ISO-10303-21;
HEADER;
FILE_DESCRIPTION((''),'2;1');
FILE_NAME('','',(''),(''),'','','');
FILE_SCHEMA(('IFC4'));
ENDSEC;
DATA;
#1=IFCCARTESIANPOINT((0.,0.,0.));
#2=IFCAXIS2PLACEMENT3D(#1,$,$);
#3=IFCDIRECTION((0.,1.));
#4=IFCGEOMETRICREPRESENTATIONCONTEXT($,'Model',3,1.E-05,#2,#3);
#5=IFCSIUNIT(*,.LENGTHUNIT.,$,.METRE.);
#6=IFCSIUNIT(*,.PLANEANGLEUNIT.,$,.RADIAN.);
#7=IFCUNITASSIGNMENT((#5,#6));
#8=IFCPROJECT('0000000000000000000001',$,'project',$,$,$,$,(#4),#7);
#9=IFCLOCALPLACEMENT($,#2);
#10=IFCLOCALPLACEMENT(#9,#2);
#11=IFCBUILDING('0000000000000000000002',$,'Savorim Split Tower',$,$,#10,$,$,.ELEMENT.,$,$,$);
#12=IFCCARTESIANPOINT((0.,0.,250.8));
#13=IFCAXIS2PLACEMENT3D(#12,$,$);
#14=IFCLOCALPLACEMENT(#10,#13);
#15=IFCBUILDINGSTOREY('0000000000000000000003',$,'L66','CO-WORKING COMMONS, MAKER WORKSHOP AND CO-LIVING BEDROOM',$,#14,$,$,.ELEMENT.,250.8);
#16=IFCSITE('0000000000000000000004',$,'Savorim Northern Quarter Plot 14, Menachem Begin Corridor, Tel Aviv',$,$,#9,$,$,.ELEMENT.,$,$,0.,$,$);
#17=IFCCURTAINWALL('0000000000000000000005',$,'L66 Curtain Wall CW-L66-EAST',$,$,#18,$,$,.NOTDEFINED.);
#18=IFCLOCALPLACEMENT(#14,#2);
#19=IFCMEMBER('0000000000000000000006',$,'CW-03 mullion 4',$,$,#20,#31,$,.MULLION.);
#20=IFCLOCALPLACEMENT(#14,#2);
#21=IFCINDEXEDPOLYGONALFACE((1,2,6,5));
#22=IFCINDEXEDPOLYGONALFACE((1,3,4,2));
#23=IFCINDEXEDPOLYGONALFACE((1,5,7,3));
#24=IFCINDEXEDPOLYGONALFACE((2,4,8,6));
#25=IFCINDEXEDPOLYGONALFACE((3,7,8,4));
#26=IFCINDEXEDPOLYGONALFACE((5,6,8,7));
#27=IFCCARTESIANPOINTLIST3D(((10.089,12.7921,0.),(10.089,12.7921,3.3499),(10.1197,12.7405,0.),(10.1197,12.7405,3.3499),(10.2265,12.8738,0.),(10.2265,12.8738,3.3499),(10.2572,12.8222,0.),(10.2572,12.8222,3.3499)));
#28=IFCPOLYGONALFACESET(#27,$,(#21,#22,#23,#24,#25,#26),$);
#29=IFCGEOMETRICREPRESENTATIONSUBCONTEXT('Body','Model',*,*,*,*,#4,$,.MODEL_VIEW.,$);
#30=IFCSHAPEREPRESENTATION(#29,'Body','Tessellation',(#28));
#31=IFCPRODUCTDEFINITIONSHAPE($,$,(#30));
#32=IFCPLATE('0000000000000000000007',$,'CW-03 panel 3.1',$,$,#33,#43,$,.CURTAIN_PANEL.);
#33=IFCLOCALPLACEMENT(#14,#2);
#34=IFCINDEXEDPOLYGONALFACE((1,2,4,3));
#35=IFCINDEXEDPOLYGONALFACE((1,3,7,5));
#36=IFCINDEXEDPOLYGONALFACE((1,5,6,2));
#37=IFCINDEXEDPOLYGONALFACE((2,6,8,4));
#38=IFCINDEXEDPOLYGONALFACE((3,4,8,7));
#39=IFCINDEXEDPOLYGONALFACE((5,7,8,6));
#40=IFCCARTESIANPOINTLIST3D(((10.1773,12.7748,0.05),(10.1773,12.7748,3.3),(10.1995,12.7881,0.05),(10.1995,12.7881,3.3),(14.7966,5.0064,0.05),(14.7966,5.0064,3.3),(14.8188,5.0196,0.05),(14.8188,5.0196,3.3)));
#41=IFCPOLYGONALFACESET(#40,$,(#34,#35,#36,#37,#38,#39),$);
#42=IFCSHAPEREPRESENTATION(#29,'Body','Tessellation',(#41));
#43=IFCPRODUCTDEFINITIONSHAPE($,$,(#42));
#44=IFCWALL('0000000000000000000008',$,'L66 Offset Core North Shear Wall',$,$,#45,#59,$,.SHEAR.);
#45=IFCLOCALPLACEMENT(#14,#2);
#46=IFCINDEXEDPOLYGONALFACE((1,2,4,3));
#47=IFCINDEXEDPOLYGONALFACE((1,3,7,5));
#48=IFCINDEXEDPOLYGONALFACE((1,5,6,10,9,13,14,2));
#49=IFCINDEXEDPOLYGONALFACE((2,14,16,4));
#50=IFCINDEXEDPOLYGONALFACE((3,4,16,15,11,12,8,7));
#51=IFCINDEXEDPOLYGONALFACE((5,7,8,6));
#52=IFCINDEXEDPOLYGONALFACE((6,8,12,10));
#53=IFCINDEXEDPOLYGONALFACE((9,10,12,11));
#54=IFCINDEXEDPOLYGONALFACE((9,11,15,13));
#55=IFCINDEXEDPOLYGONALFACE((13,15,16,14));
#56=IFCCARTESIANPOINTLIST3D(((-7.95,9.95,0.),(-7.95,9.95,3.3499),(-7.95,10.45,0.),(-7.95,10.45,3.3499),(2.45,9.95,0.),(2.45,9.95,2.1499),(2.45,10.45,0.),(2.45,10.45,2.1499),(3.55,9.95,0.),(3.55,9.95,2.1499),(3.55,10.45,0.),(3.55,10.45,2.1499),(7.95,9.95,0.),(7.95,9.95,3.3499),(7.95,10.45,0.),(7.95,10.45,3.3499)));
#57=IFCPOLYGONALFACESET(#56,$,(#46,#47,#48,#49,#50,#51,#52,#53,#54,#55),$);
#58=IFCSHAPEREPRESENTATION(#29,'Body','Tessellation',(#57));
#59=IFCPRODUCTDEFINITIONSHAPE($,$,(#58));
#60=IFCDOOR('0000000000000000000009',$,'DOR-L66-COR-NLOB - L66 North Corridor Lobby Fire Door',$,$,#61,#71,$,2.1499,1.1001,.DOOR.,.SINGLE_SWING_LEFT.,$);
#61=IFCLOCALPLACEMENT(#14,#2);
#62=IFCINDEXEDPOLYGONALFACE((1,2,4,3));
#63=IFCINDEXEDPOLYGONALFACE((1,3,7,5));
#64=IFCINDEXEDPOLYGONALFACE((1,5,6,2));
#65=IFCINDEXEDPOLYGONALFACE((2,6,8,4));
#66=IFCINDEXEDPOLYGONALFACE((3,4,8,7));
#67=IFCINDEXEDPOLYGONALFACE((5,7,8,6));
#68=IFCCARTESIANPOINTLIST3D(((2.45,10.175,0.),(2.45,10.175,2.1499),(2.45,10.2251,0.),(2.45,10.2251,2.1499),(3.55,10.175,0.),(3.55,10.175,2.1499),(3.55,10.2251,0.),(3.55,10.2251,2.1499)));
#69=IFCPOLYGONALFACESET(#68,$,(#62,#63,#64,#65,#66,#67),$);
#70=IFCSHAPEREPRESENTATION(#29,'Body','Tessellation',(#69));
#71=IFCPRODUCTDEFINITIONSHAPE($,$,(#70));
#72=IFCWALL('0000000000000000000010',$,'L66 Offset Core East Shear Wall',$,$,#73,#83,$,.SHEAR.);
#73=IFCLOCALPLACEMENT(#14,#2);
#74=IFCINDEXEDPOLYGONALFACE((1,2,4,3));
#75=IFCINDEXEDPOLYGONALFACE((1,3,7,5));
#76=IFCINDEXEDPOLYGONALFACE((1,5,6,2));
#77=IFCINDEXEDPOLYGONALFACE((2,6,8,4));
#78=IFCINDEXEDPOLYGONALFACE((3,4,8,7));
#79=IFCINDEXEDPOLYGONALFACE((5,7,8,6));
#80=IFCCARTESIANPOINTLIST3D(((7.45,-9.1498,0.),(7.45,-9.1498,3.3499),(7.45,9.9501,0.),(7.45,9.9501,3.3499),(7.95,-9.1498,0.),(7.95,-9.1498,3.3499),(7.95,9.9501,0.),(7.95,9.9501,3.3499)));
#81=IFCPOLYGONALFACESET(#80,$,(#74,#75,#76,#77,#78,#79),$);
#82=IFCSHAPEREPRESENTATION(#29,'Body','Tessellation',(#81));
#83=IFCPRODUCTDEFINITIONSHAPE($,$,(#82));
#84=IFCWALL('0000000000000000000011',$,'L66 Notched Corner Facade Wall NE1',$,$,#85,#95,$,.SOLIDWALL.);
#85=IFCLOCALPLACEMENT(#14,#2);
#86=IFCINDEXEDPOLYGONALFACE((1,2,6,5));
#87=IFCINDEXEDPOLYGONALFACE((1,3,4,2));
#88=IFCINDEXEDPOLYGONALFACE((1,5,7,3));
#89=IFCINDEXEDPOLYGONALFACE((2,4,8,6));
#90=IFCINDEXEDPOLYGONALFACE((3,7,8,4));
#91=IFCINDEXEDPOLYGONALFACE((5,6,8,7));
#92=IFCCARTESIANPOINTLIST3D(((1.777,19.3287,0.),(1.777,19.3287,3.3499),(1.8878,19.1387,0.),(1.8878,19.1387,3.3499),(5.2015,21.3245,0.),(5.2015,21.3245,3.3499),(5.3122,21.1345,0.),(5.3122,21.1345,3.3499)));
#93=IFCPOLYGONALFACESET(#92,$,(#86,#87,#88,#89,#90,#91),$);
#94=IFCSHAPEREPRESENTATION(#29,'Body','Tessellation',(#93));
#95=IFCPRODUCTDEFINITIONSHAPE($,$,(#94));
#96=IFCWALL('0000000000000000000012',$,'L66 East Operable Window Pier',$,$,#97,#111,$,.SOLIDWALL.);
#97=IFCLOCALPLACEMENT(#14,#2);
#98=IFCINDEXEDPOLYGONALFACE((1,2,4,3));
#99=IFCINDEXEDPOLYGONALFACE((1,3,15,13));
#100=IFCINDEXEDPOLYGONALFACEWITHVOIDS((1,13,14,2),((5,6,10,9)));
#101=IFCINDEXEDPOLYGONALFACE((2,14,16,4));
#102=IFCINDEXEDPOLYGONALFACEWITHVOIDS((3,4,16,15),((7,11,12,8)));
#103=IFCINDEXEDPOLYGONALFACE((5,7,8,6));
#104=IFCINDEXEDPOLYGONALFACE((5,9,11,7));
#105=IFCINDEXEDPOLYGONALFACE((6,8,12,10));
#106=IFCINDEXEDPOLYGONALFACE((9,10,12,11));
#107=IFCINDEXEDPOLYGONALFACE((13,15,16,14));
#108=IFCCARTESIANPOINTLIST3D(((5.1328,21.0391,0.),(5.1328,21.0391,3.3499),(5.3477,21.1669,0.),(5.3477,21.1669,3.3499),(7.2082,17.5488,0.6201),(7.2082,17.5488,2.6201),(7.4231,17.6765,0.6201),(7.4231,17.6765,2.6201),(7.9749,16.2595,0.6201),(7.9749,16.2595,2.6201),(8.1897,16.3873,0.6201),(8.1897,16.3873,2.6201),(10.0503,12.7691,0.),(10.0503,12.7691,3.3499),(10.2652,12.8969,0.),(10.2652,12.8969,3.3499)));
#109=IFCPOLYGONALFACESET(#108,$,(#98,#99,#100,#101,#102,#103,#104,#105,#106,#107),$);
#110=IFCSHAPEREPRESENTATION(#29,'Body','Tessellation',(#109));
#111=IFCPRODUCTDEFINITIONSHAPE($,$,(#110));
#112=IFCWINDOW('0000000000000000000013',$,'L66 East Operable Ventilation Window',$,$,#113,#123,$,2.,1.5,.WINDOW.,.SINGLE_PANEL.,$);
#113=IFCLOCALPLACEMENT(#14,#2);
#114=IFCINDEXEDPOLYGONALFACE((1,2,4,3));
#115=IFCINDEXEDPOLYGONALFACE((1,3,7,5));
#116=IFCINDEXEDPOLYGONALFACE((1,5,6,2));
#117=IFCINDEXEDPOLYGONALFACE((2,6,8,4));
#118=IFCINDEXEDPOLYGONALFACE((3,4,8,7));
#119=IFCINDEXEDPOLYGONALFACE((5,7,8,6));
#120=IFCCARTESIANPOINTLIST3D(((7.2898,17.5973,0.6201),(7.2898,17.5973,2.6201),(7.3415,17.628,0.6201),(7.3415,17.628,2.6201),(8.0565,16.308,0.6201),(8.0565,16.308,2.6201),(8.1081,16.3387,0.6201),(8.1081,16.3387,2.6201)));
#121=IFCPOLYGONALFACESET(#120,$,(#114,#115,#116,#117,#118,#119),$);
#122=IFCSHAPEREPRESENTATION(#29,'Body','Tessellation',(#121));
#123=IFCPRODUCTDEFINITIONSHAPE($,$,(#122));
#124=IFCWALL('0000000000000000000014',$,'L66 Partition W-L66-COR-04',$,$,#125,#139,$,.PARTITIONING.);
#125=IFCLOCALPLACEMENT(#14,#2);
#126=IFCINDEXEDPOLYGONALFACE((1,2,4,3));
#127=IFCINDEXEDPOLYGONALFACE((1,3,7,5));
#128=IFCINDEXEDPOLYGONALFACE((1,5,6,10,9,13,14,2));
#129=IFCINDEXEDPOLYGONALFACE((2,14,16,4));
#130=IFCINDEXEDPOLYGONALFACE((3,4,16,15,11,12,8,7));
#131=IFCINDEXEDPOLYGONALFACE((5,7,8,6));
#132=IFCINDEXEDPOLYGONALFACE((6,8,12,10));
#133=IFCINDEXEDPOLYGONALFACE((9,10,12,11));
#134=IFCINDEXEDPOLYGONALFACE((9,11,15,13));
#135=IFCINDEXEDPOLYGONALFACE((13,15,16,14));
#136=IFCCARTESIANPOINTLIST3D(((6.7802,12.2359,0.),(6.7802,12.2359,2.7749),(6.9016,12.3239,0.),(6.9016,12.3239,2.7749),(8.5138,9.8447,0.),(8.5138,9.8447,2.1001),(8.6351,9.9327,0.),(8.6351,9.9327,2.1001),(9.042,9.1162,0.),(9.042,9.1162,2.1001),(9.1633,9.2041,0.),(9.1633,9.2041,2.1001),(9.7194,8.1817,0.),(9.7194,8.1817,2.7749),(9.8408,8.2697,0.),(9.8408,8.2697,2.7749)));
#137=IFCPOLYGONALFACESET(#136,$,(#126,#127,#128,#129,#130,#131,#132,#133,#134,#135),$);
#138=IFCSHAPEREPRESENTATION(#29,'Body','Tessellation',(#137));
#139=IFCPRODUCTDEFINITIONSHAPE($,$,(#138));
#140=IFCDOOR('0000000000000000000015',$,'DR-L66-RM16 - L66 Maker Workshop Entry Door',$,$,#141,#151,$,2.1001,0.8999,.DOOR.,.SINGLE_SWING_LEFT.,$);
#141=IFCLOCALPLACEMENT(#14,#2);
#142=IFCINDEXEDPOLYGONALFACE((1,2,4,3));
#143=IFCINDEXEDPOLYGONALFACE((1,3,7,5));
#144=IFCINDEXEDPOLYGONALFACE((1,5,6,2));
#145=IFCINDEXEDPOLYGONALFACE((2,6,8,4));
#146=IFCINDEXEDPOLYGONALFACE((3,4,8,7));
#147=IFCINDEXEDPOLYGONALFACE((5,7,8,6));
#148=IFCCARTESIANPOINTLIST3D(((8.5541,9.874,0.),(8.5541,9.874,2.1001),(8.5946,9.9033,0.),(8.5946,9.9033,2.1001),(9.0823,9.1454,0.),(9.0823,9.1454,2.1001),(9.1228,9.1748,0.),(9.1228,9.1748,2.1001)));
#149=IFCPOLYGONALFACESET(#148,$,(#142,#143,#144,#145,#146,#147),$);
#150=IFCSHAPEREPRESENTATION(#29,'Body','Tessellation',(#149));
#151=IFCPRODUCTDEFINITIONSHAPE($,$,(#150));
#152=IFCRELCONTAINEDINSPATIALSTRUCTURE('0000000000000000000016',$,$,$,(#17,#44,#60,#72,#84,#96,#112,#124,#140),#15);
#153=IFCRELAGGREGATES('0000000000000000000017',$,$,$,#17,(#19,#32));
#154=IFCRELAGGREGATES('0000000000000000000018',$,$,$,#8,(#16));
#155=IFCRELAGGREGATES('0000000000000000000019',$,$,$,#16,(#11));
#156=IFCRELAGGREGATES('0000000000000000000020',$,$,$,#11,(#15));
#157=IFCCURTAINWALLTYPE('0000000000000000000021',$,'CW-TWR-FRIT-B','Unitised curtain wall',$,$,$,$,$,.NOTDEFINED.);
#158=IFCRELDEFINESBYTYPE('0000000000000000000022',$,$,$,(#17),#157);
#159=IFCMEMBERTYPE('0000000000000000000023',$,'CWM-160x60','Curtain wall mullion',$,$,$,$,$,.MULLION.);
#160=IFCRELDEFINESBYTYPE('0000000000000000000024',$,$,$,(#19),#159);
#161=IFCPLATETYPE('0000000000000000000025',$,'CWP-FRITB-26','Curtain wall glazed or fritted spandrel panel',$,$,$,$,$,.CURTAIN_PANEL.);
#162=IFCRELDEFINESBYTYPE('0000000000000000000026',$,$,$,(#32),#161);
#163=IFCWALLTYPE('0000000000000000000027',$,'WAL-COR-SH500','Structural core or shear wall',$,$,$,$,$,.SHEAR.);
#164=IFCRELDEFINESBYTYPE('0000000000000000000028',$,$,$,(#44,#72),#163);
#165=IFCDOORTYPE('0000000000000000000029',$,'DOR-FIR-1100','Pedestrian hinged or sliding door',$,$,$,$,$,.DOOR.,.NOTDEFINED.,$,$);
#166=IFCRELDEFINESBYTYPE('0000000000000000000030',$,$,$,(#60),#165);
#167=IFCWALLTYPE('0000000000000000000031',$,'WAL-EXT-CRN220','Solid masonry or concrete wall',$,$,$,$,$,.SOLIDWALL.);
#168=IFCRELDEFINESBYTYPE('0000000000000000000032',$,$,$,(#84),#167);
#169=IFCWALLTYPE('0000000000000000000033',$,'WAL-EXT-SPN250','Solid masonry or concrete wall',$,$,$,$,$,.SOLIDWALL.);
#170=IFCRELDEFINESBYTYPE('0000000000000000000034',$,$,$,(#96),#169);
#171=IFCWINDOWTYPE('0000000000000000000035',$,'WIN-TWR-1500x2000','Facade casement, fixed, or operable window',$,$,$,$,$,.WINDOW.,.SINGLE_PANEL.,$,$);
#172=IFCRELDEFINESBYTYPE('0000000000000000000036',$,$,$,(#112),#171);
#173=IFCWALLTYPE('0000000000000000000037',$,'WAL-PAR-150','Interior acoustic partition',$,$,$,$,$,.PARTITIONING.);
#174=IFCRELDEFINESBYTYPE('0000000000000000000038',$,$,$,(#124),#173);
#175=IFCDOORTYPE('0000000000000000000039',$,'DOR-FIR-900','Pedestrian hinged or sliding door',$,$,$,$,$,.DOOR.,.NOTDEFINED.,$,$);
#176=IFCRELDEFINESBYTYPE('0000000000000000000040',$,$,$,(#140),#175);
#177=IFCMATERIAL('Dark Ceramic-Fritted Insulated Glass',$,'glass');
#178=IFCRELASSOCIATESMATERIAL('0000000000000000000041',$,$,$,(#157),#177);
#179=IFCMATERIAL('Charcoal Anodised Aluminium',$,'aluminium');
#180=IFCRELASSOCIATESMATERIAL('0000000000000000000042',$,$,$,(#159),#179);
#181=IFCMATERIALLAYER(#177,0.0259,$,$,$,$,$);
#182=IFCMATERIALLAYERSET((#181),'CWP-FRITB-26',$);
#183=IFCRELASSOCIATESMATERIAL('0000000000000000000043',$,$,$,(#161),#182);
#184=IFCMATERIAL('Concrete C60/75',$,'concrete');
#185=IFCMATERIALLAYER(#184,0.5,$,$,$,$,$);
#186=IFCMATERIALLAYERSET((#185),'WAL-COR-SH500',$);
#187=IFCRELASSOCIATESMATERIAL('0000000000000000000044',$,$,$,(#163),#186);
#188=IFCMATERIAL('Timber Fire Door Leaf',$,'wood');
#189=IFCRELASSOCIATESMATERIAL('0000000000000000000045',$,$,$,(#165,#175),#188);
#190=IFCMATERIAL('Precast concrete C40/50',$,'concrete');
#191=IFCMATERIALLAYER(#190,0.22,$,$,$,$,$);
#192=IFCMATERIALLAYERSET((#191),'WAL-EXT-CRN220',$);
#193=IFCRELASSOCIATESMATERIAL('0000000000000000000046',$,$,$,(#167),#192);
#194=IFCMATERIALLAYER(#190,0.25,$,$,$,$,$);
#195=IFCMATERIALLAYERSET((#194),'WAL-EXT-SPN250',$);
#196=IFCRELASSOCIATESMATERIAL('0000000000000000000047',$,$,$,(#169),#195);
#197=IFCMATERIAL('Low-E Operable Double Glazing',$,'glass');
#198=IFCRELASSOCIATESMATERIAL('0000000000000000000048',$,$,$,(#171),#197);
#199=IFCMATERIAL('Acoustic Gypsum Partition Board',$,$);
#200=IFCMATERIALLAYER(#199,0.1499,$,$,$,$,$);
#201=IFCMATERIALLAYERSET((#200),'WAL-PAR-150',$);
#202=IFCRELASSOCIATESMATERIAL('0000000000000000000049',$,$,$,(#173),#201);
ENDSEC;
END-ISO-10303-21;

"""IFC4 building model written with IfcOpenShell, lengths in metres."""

from ifc_helpers import new_model, si_unit, direction, frame, frame_2d, origin, origin_2d, place, context, subcontext, project, spatial, rectangle, extrude, material, layer, layer_set, material_profile, profile_set, type_object, element, fill, aggregate, save


model = new_model("IFC4")

# Units and contexts
model_context = context("Model", 3, precision=1e-05, world=origin(), true_north=direction((0.0, 1.0)))
body_context = subcontext(model_context, "Body", "Model", "MODEL_VIEW")
ifc_project = project(units=[si_unit("LENGTHUNIT", "METRE"), si_unit("PLANEANGLEUNIT", "RADIAN")], contexts=[model_context])

# Site, building, storey
site_placement = place(None, origin())
site = spatial("IfcSite", under=ifc_project, at=site_placement, Name="Savorim Northern Quarter Plot 14, Menachem Begin Corridor, Tel Aviv", CompositionType="ELEMENT", RefElevation=0.0)
building_placement = place(site_placement, origin())
building = spatial("IfcBuilding", under=site, at=building_placement, Name="Savorim Split Tower", CompositionType="ELEMENT")
storey_placement = place(building_placement, frame((0.0, 0.0, 250.8)))
storey = spatial("IfcBuildingStorey", under=building, at=storey_placement, Name="L66", Description="CO-WORKING COMMONS, MAKER WORKSHOP AND CO-LIVING BEDROOM", CompositionType="ELEMENT", Elevation=250.8)

# Curtain wall, member, plate
ifc_material_1 = material(Name="Dark Ceramic-Fritted Insulated Glass", Category="glass")
curtain_wall_type = type_object("IfcCurtainWallType", Name="CW-TWR-FRIT-B", Description="Unitised curtain wall", PredefinedType="NOTDEFINED", material=ifc_material_1)
curtain_wall_placement = place(storey_placement, origin())
curtain_wall = element("IfcCurtainWall", 1, at=curtain_wall_placement, inside=storey, type_object=curtain_wall_type, Name="L66 Curtain Wall CW-L66-EAST", PredefinedType="NOTDEFINED")
ifc_material_2 = material(Name="Charcoal Anodised Aluminium", Category="aluminium")
ifc_material_profile_1 = material_profile(ifc_material_2, rectangle(XDim=0.1599, YDim=0.0601, at=origin_2d()), Name="ALU-M 160x60")
ifc_profile_set_1 = profile_set([ifc_material_profile_1], Name="Charcoal Anodised Aluminium")
member_type = type_object("IfcMemberType", Name="CWM-160x60", Description="Curtain wall mullion", PredefinedType="MULLION", material=ifc_profile_set_1)
member_placement = place(storey_placement, frame((10.1731, 12.8071, 0.0), z_axis=(0.0, 0.0, 1.0), x_axis=(-0.859527, -0.51109, 0.0)))
member = element("IfcMember", 2, at=member_placement, type_object=member_type, Name="CW-03 mullion 4", PredefinedType="MULLION", context=body_context, shape_type="SweptSolid", body=[
    extrude(rectangle(XDim=0.1599, YDim=0.0601, at=origin_2d()), origin(), (0.0, 0.0, 1.0), 3.3499),
])
ifc_layer_1 = layer(ifc_material_1, 0.0259)
ifc_layer_set_1 = layer_set([ifc_layer_1], Name="CWP-FRITB-26")
plate_type = type_object("IfcPlateType", Name="CWP-FRITB-26", Description="Curtain wall glazed or fritted spandrel panel", PredefinedType="CURTAIN_PANEL", material=ifc_layer_set_1)
plate_placement = place(storey_placement, frame((12.498, 8.8972, 0.05), z_axis=(0.0, 0.0, 1.0), x_axis=(-0.51109, 0.859527, 0.0)))
plate = element("IfcPlate", 3, at=plate_placement, type_object=plate_type, Name="CW-03 panel 3.1", PredefinedType="CURTAIN_PANEL", context=body_context, shape_type="SweptSolid", body=[
    extrude(rectangle(XDim=9.0381, YDim=0.0259, at=origin_2d()), origin(), (0.0, 0.0, 1.0), 3.25),
])
aggregate(curtain_wall, [member, plate])

# Wall, opening, door
ifc_material_3 = material(Name="Concrete C60/75", Category="concrete")
ifc_layer_2 = layer(ifc_material_3, 0.5)
ifc_layer_set_2 = layer_set([ifc_layer_2], Name="WAL-COR-SH500")
wall_type_1 = type_object("IfcWallType", Name="WAL-COR-SH500", Description="Structural core or shear wall", PredefinedType="SHEAR", material=ifc_layer_set_2)
wall_1_placement = place(storey_placement, frame((7.95, 10.2, 0.0), z_axis=(0.0, 0.0, 1.0), x_axis=(-1.0, 0.0, 0.0)))
wall_1 = element("IfcWall", 4, at=wall_1_placement, inside=storey, type_object=wall_type_1, Name="L66 Offset Core North Shear Wall", PredefinedType="SHEAR", context=body_context, shape_type="SweptSolid", body=[
    extrude(rectangle(XDim=15.8999, YDim=0.5, at=frame_2d((7.95, 0.0))), origin(), (0.0, 0.0, 1.0), 3.3499),
])
opening_1_placement = place(wall_1_placement, frame((4.3999, 0.0, 0.0)))
opening_1 = element("IfcOpeningElement", 5, at=opening_1_placement, cuts=wall_1, PredefinedType="OPENING", context=body_context, shape_type="SweptSolid", body=[
    extrude(rectangle(XDim=1.1001, YDim=2.1499, at=frame_2d((0.55, 1.075))), frame((0.0, 0.26, 0.0), z_axis=(0.0, -1.0, 0.0), x_axis=(1.0, 0.0, 0.0)), (0.0, 0.0, 1.0), 0.52),
])
ifc_material_4 = material(Name="Timber Fire Door Leaf", Category="wood")
door_type_1 = type_object("IfcDoorType", Name="DOR-FIR-1100", Description="Pedestrian hinged or sliding door", OperationType="NOTDEFINED", PredefinedType="DOOR", material=ifc_material_4)
door_1_placement = place(opening_1_placement, origin())
door_1 = element("IfcDoor", 6, at=door_1_placement, inside=storey, type_object=door_type_1, Name="DOR-L66-COR-NLOB - L66 North Corridor Lobby Fire Door", OperationType="SINGLE_SWING_LEFT", OverallHeight=2.1499, OverallWidth=1.1001, PredefinedType="DOOR", context=body_context, shape_type="SweptSolid", body=[
    extrude(rectangle(XDim=1.1001, YDim=2.1499, at=frame_2d((0.55, 1.075))), frame((0.0, 0.0249, 0.0), z_axis=(0.0, -1.0, 0.0), x_axis=(1.0, 0.0, 0.0)), (0.0, 0.0, 1.0), 0.05),
])
fill(opening_1, door_1)

# Walls
wall_2_placement = place(storey_placement, frame((7.7, 9.95, 0.0), z_axis=(0.0, 0.0, 1.0), x_axis=(0.0, -1.0, 0.0)))
element("IfcWall", 7, at=wall_2_placement, inside=storey, type_object=wall_type_1, Name="L66 Offset Core East Shear Wall", PredefinedType="SHEAR", context=body_context, shape_type="SweptSolid", body=[
    extrude(rectangle(XDim=19.0999, YDim=0.5, at=frame_2d((9.5498, 0.0))), origin(), (0.0, 0.0, 1.0), 3.3499),
])
ifc_material_5 = material(Name="Precast concrete C40/50", Category="concrete")
ifc_layer_3 = layer(ifc_material_5, 0.22)
ifc_layer_set_3 = layer_set([ifc_layer_3], Name="WAL-EXT-CRN220")
wall_type_2 = type_object("IfcWallType", Name="WAL-EXT-CRN220", Description="Solid masonry or concrete wall", PredefinedType="SOLIDWALL", material=ifc_layer_set_3)
wall_3_placement = place(storey_placement, frame((1.8323, 19.2336, 0.0), z_axis=(0.0, 0.0, 1.0), x_axis=(0.863978, 0.50353, 0.0)))
element("IfcWall", 8, at=wall_3_placement, inside=storey, type_object=wall_type_2, Name="L66 Notched Corner Facade Wall NE1", PredefinedType="SOLIDWALL", context=body_context, shape_type="SweptSolid", body=[
    extrude(rectangle(XDim=3.9636, YDim=0.22, at=frame_2d((1.9819, 0.0))), origin(), (0.0, 0.0, 1.0), 3.3499),
])

# Wall, opening, window
ifc_layer_4 = layer(ifc_material_5, 0.25)
ifc_layer_set_4 = layer_set([ifc_layer_4], Name="WAL-EXT-SPN250")
wall_type_3 = type_object("IfcWallType", Name="WAL-EXT-SPN250", Description="Solid masonry or concrete wall", PredefinedType="SOLIDWALL", material=ifc_layer_set_4)
wall_4_placement = place(storey_placement, frame((5.2402, 21.103, 0.0), z_axis=(0.0, 0.0, 1.0), x_axis=(0.511089, -0.859528, 0.0)))
wall_4 = element("IfcWall", 9, at=wall_4_placement, inside=storey, type_object=wall_type_3, Name="L66 East Operable Window Pier", PredefinedType="SOLIDWALL", context=body_context, shape_type="SweptSolid", body=[
    extrude(rectangle(XDim=9.6216, YDim=0.25, at=frame_2d((4.8108, 0.0))), origin(), (0.0, 0.0, 1.0), 3.3499),
])
opening_2_placement = place(wall_4_placement, frame((4.0608, 0.0, 0.6201)))
opening_2 = element("IfcOpeningElement", 10, at=opening_2_placement, cuts=wall_4, PredefinedType="OPENING", context=body_context, shape_type="SweptSolid", body=[
    extrude(rectangle(XDim=1.5, YDim=2.0, at=frame_2d((0.75, 1.0))), frame((0.0, 0.135, 0.0), z_axis=(0.0, -1.0, 0.0), x_axis=(1.0, 0.0, 0.0)), (0.0, 0.0, 1.0), 0.27),
])
ifc_material_6 = material(Name="Low-E Operable Double Glazing", Category="glass")
window_type = type_object("IfcWindowType", Name="WIN-TWR-1500x2000", Description="Facade casement, fixed, or operable window", PartitioningType="SINGLE_PANEL", PredefinedType="WINDOW", material=ifc_material_6)
window_placement = place(opening_2_placement, origin())
window = element("IfcWindow", 11, at=window_placement, inside=storey, type_object=window_type, Name="L66 East Operable Ventilation Window", OverallHeight=2.0, OverallWidth=1.5, PartitioningType="SINGLE_PANEL", PredefinedType="WINDOW", context=body_context, shape_type="SweptSolid", body=[
    extrude(rectangle(XDim=1.5, YDim=2.0, at=frame_2d((0.75, 1.0))), frame((0.0, 0.03, 0.0), z_axis=(0.0, -1.0, 0.0), x_axis=(1.0, 0.0, 0.0)), (0.0, 0.0, 1.0), 0.0601),
])
fill(opening_2, window)

# Wall, opening, door
ifc_material_7 = material(Name="Acoustic Gypsum Partition Board")
ifc_layer_5 = layer(ifc_material_7, 0.1499)
ifc_layer_set_5 = layer_set([ifc_layer_5], Name="WAL-PAR-150")
wall_type_4 = type_object("IfcWallType", Name="WAL-PAR-150", Description="Interior acoustic partition", PredefinedType="PARTITIONING", material=ifc_layer_set_5)
wall_5_placement = place(storey_placement, frame((6.8408, 12.28, 0.0), z_axis=(0.0, 0.0, 1.0), x_axis=(0.586956, -0.809619, 0.0)))
wall_5 = element("IfcWall", 12, at=wall_5_placement, inside=storey, type_object=wall_type_4, Name="L66 Partition W-L66-COR-04", PredefinedType="PARTITIONING", context=body_context, shape_type="SweptSolid", body=[
    extrude(rectangle(XDim=5.0076, YDim=0.1499, at=frame_2d((2.5039, 0.0))), origin(), (0.0, 0.0, 1.0), 2.7749),
])
opening_3_placement = place(wall_5_placement, frame((2.9536, 0.0, 0.0)))
opening_3 = element("IfcOpeningElement", 13, at=opening_3_placement, cuts=wall_5, PredefinedType="OPENING", context=body_context, shape_type="SweptSolid", body=[
    extrude(rectangle(XDim=0.8999, YDim=2.1001, at=frame_2d((0.45, 1.05))), frame((0.0, 0.085, 0.0), z_axis=(0.0, -1.0, 0.0), x_axis=(1.0, 0.0, 0.0)), (0.0, 0.0, 1.0), 0.1699),
])
door_type_2 = type_object("IfcDoorType", Name="DOR-FIR-900", Description="Pedestrian hinged or sliding door", OperationType="NOTDEFINED", PredefinedType="DOOR", material=ifc_material_4)
door_2_placement = place(opening_3_placement, origin())
door_2 = element("IfcDoor", 14, at=door_2_placement, inside=storey, type_object=door_type_2, Name="DR-L66-RM16 - L66 Maker Workshop Entry Door", OperationType="SINGLE_SWING_LEFT", OverallHeight=2.1001, OverallWidth=0.8999, PredefinedType="DOOR", context=body_context, shape_type="SweptSolid", body=[
    extrude(rectangle(XDim=0.8999, YDim=2.1001, at=frame_2d((0.45, 1.05))), frame((0.0, 0.0249, 0.0), z_axis=(0.0, -1.0, 0.0), x_axis=(1.0, 0.0, 0.0)), (0.0, 0.0, 1.0), 0.05),
])
fill(opening_3, door_2)

save(model, "model.ifc")
